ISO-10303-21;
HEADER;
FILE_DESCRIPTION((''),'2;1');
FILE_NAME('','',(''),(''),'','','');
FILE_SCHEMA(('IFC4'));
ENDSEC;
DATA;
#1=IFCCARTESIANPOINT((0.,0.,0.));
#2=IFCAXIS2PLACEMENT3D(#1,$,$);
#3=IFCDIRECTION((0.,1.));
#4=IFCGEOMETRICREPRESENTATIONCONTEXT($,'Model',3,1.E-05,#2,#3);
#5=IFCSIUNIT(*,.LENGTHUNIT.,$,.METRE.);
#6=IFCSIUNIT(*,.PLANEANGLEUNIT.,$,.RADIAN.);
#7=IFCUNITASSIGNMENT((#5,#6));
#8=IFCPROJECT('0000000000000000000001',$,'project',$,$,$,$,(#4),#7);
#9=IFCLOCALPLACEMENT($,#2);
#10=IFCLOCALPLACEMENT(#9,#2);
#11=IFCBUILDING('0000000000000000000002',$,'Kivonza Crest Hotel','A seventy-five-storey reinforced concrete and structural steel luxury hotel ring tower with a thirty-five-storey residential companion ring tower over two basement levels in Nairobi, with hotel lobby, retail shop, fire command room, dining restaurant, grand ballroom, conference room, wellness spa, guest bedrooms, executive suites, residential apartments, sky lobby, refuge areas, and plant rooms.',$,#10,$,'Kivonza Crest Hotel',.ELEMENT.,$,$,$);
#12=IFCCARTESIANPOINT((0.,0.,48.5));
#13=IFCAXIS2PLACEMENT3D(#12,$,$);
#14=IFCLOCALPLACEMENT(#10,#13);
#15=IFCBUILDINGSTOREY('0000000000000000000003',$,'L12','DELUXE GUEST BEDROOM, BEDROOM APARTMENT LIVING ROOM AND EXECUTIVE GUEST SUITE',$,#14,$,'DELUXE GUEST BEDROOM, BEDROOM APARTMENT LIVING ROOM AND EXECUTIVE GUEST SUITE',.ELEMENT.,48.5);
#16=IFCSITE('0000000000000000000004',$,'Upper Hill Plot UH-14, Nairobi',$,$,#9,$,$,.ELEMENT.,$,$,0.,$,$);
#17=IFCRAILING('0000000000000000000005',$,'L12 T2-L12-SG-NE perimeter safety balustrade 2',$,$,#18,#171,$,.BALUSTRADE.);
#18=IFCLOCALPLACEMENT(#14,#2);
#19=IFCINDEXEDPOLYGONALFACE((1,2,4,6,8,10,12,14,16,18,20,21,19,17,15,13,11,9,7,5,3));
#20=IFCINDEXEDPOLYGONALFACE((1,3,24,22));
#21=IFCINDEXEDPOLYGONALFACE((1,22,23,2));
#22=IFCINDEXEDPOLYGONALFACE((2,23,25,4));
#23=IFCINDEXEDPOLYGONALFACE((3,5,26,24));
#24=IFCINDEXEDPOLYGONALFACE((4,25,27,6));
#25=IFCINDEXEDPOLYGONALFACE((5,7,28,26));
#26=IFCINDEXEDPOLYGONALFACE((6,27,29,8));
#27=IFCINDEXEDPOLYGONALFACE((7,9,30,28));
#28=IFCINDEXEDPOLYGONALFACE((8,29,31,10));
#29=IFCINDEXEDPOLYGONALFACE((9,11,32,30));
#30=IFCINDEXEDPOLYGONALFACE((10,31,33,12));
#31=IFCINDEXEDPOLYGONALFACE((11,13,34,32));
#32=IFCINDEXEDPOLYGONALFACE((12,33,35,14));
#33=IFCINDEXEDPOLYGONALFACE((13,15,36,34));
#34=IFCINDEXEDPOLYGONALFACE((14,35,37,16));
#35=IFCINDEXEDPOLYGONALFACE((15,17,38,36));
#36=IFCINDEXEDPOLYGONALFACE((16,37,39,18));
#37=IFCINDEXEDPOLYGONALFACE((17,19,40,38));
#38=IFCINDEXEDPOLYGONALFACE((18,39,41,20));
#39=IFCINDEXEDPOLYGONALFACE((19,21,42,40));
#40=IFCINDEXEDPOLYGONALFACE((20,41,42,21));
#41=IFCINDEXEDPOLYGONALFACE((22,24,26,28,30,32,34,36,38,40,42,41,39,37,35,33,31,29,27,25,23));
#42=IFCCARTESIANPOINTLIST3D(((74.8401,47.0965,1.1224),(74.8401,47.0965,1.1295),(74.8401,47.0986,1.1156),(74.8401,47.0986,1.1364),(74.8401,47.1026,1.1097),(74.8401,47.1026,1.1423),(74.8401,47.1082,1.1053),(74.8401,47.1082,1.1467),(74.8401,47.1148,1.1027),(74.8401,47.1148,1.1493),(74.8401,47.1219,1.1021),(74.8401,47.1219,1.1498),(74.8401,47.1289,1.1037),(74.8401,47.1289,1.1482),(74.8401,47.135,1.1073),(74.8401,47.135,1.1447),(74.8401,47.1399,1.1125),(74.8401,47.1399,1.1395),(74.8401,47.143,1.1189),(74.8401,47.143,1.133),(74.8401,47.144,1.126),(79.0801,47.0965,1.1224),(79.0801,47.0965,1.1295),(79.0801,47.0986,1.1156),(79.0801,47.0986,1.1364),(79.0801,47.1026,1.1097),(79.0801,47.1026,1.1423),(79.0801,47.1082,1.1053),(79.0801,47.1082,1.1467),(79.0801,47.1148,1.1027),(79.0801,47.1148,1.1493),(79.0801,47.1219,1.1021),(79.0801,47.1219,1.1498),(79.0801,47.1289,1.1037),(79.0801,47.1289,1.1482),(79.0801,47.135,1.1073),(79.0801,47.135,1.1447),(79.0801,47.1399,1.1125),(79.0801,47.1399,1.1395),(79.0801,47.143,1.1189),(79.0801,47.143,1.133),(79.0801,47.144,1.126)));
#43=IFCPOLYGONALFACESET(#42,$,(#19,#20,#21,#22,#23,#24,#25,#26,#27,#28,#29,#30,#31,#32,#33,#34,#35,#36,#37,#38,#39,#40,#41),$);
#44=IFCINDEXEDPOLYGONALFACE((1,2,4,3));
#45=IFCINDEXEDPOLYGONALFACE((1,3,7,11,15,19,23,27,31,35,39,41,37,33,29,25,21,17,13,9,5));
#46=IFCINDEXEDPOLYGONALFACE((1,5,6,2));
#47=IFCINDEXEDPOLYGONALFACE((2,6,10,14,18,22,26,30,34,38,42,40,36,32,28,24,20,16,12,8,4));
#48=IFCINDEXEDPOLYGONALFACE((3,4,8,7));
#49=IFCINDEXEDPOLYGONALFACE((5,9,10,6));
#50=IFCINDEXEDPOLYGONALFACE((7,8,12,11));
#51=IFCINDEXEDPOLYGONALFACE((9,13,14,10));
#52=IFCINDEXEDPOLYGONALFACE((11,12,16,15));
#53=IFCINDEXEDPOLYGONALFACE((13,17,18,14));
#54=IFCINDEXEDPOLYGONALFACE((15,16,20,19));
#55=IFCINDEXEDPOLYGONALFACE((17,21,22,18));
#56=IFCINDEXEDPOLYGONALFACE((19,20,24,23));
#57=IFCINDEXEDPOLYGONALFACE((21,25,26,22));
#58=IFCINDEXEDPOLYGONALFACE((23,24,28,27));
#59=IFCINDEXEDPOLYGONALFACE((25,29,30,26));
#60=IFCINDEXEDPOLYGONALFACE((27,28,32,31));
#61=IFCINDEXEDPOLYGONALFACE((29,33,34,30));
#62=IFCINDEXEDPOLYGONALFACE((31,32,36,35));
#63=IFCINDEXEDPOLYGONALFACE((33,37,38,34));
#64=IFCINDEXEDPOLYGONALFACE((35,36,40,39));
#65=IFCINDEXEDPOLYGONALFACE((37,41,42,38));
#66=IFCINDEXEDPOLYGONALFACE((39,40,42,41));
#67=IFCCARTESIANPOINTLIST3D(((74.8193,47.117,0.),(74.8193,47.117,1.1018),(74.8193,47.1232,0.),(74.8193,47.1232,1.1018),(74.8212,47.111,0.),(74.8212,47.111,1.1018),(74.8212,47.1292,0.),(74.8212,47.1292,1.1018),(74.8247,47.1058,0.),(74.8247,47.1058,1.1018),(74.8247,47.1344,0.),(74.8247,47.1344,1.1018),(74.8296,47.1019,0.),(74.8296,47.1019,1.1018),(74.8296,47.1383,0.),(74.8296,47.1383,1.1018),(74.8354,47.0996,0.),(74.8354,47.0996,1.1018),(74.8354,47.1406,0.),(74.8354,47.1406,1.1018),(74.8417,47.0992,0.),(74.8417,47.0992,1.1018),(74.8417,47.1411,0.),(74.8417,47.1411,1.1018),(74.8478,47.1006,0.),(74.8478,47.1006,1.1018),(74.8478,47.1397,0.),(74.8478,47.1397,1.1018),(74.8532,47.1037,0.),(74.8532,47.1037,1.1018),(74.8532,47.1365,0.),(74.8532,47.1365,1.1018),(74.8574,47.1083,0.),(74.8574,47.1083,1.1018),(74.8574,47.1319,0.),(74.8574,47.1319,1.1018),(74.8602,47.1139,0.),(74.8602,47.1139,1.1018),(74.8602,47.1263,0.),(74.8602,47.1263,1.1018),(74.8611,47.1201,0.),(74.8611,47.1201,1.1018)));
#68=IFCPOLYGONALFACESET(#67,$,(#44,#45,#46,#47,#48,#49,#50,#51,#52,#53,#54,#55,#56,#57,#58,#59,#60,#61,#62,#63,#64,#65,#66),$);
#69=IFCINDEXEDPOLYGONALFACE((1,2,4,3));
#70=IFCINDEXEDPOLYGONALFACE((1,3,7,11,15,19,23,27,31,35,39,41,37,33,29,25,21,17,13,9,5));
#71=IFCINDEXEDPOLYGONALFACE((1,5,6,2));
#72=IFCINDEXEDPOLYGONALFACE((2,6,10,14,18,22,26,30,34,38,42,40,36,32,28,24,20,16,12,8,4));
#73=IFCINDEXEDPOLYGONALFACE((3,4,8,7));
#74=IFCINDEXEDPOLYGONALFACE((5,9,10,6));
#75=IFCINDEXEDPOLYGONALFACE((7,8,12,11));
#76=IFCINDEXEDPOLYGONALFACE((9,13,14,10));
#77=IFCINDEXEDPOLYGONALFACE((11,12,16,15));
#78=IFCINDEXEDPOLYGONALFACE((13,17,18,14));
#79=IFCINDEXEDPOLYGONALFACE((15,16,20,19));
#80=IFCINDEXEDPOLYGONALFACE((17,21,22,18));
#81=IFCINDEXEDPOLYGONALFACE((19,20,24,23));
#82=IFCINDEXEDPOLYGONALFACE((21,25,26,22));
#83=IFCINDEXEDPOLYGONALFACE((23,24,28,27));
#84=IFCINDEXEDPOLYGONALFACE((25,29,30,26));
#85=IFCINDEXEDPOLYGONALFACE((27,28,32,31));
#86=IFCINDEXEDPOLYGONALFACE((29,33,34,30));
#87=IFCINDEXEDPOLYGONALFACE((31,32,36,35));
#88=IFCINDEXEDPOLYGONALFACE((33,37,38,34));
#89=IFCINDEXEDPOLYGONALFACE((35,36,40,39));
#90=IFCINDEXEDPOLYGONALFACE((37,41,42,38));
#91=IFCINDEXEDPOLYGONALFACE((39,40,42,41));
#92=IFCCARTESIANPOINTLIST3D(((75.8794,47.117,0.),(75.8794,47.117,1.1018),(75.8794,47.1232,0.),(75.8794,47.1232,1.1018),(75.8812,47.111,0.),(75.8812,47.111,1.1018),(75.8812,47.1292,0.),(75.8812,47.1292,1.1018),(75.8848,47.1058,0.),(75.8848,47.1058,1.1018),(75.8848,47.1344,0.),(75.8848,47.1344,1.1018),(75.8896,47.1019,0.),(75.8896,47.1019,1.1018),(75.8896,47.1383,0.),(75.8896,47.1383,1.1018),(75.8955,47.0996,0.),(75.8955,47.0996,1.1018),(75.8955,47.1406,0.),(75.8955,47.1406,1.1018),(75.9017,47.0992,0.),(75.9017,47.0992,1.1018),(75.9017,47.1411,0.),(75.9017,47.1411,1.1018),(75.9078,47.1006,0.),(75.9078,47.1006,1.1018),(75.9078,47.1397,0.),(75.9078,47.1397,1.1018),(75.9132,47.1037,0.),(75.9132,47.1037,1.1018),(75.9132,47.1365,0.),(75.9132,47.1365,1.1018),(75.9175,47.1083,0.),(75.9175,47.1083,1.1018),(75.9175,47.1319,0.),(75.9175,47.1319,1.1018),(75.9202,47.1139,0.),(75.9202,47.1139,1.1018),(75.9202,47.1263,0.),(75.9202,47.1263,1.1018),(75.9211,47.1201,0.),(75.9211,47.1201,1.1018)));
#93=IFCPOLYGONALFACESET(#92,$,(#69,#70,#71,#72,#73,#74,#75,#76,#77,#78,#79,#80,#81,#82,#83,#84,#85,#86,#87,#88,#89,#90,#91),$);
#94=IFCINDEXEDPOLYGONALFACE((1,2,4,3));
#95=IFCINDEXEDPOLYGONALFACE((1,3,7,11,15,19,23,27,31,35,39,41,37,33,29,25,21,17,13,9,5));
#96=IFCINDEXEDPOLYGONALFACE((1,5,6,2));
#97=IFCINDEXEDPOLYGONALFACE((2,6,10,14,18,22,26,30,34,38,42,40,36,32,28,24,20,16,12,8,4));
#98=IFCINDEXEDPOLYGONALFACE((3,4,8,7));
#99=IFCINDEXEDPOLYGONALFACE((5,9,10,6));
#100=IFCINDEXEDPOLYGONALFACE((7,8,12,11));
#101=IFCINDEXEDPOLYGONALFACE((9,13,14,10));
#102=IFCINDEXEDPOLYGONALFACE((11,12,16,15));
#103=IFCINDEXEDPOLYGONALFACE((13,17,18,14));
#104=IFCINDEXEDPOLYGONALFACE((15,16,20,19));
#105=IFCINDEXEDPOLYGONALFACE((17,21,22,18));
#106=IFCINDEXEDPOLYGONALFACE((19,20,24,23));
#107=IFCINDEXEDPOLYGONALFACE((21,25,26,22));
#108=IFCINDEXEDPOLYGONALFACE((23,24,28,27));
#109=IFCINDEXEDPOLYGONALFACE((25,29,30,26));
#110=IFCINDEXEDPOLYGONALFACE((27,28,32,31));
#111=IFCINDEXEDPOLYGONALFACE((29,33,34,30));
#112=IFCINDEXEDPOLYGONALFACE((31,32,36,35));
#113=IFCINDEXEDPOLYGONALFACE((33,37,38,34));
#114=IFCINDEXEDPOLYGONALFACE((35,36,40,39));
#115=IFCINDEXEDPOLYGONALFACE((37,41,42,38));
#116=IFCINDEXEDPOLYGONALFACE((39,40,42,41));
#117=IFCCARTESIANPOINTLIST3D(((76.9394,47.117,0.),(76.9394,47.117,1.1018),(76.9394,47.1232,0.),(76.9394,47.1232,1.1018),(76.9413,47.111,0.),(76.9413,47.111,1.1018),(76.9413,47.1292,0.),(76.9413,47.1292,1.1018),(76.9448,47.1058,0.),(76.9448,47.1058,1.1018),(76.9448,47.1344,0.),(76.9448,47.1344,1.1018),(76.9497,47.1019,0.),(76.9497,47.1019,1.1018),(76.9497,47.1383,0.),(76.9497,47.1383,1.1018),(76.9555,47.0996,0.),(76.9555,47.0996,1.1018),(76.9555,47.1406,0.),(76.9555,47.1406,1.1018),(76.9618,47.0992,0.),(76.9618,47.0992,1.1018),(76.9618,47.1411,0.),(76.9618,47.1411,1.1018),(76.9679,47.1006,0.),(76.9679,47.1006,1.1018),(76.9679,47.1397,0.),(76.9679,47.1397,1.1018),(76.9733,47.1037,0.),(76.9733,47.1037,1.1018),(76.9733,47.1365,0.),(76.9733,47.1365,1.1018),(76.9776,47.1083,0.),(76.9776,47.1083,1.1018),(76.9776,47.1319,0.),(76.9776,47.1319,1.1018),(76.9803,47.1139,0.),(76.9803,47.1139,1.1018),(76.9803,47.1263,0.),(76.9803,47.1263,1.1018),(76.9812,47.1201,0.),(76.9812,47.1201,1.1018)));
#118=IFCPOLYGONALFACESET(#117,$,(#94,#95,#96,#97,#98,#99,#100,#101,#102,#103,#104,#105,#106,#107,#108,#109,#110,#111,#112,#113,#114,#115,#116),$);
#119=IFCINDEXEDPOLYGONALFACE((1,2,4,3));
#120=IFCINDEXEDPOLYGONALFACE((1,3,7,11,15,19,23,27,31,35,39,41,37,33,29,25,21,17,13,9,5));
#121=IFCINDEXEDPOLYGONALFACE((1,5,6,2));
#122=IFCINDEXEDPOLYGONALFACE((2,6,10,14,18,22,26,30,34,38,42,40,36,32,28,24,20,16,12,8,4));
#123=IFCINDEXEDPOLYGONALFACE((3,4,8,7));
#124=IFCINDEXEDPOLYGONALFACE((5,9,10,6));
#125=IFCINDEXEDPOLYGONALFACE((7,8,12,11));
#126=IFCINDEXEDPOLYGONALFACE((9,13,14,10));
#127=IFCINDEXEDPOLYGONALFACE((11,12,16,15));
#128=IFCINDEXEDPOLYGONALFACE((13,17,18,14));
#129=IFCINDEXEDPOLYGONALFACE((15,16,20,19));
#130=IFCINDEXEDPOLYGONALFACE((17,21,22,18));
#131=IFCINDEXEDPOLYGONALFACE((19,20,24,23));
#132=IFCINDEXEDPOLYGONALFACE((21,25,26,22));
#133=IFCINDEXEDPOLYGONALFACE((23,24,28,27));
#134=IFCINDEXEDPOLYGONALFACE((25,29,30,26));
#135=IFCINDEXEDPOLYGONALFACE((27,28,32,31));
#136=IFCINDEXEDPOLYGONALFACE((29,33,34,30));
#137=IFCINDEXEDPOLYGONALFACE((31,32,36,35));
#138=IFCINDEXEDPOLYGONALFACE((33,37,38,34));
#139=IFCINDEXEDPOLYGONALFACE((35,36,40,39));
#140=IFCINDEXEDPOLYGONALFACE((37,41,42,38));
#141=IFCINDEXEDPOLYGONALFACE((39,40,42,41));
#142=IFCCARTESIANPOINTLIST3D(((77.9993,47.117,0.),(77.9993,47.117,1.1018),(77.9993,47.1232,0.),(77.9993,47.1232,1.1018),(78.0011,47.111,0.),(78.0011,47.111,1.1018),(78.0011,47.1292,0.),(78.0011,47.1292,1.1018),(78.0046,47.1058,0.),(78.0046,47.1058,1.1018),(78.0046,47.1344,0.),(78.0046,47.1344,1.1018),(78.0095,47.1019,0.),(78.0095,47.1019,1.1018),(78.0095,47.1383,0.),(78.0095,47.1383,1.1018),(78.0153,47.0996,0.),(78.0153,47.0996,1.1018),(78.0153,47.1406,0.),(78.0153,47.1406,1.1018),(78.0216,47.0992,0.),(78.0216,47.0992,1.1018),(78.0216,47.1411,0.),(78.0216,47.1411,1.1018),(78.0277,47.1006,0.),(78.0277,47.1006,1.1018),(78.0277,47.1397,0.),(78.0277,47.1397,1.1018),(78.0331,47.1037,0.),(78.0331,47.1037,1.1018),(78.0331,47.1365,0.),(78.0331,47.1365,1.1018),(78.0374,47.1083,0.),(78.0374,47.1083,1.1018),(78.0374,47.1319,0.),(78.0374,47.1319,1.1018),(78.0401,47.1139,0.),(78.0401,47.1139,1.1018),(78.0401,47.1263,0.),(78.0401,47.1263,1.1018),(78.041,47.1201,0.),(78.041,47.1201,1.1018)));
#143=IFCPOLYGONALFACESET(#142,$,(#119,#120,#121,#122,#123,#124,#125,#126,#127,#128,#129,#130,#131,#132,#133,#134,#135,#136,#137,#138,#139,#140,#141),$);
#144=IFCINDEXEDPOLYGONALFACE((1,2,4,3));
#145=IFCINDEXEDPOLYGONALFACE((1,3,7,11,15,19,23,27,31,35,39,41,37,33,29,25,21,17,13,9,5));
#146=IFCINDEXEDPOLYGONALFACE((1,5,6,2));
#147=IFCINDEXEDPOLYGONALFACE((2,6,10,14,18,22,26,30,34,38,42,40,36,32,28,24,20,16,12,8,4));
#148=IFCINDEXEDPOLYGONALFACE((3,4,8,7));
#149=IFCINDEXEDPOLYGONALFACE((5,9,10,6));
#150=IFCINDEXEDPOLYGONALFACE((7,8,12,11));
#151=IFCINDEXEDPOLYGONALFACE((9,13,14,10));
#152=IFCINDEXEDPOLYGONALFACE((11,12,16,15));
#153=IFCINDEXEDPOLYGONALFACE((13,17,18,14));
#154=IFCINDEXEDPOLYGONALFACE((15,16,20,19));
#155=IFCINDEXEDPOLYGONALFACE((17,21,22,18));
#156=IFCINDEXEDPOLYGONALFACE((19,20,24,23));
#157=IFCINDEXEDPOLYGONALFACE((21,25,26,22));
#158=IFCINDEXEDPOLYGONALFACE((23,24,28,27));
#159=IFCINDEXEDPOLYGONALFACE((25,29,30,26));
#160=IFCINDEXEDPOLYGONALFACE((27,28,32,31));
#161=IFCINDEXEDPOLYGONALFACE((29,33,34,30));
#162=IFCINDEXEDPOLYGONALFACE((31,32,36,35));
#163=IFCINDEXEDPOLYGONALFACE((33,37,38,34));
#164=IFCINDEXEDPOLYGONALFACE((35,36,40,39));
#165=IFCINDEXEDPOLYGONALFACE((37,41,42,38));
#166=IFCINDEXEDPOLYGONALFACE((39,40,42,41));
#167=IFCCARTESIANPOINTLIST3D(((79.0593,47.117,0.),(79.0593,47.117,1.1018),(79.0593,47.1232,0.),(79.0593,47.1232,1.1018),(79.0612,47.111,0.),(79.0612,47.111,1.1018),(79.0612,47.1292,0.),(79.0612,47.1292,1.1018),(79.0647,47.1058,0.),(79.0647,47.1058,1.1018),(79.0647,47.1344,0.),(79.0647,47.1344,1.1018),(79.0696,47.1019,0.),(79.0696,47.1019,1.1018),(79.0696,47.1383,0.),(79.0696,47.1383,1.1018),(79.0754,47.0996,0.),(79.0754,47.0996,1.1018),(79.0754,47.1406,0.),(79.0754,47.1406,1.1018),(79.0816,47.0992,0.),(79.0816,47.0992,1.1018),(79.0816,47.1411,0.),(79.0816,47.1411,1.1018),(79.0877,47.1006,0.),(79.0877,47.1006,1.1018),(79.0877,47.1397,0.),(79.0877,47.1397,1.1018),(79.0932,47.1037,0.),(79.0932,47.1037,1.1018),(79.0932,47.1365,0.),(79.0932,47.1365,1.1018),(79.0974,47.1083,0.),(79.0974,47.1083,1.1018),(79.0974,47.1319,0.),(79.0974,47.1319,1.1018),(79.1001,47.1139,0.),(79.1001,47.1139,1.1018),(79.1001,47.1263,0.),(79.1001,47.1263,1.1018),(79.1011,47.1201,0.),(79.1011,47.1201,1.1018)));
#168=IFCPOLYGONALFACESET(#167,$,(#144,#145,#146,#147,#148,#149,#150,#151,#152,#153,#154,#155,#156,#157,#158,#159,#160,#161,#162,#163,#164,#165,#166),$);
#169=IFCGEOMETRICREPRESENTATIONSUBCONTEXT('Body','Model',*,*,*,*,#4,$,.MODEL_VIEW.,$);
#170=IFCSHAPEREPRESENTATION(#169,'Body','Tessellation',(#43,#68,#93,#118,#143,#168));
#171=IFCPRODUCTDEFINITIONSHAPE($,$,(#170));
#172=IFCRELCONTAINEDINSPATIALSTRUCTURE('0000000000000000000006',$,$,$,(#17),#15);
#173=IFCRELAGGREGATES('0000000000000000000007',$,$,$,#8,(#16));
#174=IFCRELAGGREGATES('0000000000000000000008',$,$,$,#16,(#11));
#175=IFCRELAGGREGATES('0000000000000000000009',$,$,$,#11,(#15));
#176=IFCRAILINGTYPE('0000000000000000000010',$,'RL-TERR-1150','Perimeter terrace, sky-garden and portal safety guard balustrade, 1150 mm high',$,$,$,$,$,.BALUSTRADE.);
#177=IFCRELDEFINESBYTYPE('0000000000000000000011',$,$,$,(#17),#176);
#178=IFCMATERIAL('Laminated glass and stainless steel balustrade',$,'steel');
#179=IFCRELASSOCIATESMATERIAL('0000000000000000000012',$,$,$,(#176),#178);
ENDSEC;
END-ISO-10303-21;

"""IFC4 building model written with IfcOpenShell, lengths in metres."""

from ifc_helpers import new_model, si_unit, direction, frame, origin, origin_2d, place, context, subcontext, project, spatial, circle, extrude, material, type_object, element, save


model = new_model("IFC4")

# Units and contexts
model_context = context("Model", 3, precision=1e-05, world=origin(), true_north=direction((0.0, 1.0)))
body_context = subcontext(model_context, "Body", "Model", "MODEL_VIEW")
ifc_project = project(units=[si_unit("LENGTHUNIT", "METRE"), si_unit("PLANEANGLEUNIT", "RADIAN")], contexts=[model_context])

# Site, building, storey
site_placement = place(None, origin())
site = spatial("IfcSite", under=ifc_project, at=site_placement, Name="Upper Hill Plot UH-14, Nairobi", CompositionType="ELEMENT", RefElevation=0.0)
building_placement = place(site_placement, origin())
building = spatial("IfcBuilding", under=site, at=building_placement, Name="Kivonza Crest Hotel", Description="A seventy-five-storey reinforced concrete and structural steel luxury hotel ring tower with a thirty-five-storey residential companion ring tower over two basement levels in Nairobi, with hotel lobby, retail shop, fire command room, dining restaurant, grand ballroom, conference room, wellness spa, guest bedrooms, executive suites, residential apartments, sky lobby, refuge areas, and plant rooms.", LongName="Kivonza Crest Hotel", CompositionType="ELEMENT")
storey_placement = place(building_placement, frame((0.0, 0.0, 48.5)))
storey = spatial("IfcBuildingStorey", under=building, at=storey_placement, Name="L12", Description="DELUXE GUEST BEDROOM, BEDROOM APARTMENT LIVING ROOM AND EXECUTIVE GUEST SUITE", LongName="DELUXE GUEST BEDROOM, BEDROOM APARTMENT LIVING ROOM AND EXECUTIVE GUEST SUITE", CompositionType="ELEMENT", Elevation=48.5)

# Railing
ifc_material_1 = material(Name="Laminated glass and stainless steel balustrade", Category="steel")
railing_type = type_object("IfcRailingType", Name="RL-TERR-1150", Description="Perimeter terrace, sky-garden and portal safety guard balustrade, 1150 mm high", PredefinedType="BALUSTRADE", material=ifc_material_1)
railing_1_placement = place(storey_placement, frame((74.8401, 47.1201, 0.0)))
element("IfcRailing", 1, at=railing_1_placement, inside=storey, type_object=railing_type, Name="L12 T2-L12-SG-NE perimeter safety balustrade 2", PredefinedType="BALUSTRADE", context=body_context, shape_type="SweptSolid", body=[
    extrude(circle(Radius=0.0239, at=origin_2d()), frame((0.0, 0.0, 1.126), z_axis=(1.0, 0.0, 0.0), x_axis=(0.0, 1.0, 0.0)), (0.0, 0.0, 1.0), 4.24),
    extrude(circle(Radius=0.021, at=origin_2d()), origin(), (0.0, 0.0, 1.0), 1.1018),
    extrude(circle(Radius=0.021, at=origin_2d()), frame((1.0601, 0.0, 0.0)), (0.0, 0.0, 1.0), 1.1018),
    extrude(circle(Radius=0.021, at=origin_2d()), frame((2.1201, 0.0, 0.0)), (0.0, 0.0, 1.0), 1.1018),
    extrude(circle(Radius=0.021, at=origin_2d()), frame((3.1799, 0.0, 0.0)), (0.0, 0.0, 1.0), 1.1018),
    extrude(circle(Radius=0.021, at=origin_2d()), frame((4.24, 0.0, 0.0)), (0.0, 0.0, 1.0), 1.1018),
])

save(model, "model.ifc")
